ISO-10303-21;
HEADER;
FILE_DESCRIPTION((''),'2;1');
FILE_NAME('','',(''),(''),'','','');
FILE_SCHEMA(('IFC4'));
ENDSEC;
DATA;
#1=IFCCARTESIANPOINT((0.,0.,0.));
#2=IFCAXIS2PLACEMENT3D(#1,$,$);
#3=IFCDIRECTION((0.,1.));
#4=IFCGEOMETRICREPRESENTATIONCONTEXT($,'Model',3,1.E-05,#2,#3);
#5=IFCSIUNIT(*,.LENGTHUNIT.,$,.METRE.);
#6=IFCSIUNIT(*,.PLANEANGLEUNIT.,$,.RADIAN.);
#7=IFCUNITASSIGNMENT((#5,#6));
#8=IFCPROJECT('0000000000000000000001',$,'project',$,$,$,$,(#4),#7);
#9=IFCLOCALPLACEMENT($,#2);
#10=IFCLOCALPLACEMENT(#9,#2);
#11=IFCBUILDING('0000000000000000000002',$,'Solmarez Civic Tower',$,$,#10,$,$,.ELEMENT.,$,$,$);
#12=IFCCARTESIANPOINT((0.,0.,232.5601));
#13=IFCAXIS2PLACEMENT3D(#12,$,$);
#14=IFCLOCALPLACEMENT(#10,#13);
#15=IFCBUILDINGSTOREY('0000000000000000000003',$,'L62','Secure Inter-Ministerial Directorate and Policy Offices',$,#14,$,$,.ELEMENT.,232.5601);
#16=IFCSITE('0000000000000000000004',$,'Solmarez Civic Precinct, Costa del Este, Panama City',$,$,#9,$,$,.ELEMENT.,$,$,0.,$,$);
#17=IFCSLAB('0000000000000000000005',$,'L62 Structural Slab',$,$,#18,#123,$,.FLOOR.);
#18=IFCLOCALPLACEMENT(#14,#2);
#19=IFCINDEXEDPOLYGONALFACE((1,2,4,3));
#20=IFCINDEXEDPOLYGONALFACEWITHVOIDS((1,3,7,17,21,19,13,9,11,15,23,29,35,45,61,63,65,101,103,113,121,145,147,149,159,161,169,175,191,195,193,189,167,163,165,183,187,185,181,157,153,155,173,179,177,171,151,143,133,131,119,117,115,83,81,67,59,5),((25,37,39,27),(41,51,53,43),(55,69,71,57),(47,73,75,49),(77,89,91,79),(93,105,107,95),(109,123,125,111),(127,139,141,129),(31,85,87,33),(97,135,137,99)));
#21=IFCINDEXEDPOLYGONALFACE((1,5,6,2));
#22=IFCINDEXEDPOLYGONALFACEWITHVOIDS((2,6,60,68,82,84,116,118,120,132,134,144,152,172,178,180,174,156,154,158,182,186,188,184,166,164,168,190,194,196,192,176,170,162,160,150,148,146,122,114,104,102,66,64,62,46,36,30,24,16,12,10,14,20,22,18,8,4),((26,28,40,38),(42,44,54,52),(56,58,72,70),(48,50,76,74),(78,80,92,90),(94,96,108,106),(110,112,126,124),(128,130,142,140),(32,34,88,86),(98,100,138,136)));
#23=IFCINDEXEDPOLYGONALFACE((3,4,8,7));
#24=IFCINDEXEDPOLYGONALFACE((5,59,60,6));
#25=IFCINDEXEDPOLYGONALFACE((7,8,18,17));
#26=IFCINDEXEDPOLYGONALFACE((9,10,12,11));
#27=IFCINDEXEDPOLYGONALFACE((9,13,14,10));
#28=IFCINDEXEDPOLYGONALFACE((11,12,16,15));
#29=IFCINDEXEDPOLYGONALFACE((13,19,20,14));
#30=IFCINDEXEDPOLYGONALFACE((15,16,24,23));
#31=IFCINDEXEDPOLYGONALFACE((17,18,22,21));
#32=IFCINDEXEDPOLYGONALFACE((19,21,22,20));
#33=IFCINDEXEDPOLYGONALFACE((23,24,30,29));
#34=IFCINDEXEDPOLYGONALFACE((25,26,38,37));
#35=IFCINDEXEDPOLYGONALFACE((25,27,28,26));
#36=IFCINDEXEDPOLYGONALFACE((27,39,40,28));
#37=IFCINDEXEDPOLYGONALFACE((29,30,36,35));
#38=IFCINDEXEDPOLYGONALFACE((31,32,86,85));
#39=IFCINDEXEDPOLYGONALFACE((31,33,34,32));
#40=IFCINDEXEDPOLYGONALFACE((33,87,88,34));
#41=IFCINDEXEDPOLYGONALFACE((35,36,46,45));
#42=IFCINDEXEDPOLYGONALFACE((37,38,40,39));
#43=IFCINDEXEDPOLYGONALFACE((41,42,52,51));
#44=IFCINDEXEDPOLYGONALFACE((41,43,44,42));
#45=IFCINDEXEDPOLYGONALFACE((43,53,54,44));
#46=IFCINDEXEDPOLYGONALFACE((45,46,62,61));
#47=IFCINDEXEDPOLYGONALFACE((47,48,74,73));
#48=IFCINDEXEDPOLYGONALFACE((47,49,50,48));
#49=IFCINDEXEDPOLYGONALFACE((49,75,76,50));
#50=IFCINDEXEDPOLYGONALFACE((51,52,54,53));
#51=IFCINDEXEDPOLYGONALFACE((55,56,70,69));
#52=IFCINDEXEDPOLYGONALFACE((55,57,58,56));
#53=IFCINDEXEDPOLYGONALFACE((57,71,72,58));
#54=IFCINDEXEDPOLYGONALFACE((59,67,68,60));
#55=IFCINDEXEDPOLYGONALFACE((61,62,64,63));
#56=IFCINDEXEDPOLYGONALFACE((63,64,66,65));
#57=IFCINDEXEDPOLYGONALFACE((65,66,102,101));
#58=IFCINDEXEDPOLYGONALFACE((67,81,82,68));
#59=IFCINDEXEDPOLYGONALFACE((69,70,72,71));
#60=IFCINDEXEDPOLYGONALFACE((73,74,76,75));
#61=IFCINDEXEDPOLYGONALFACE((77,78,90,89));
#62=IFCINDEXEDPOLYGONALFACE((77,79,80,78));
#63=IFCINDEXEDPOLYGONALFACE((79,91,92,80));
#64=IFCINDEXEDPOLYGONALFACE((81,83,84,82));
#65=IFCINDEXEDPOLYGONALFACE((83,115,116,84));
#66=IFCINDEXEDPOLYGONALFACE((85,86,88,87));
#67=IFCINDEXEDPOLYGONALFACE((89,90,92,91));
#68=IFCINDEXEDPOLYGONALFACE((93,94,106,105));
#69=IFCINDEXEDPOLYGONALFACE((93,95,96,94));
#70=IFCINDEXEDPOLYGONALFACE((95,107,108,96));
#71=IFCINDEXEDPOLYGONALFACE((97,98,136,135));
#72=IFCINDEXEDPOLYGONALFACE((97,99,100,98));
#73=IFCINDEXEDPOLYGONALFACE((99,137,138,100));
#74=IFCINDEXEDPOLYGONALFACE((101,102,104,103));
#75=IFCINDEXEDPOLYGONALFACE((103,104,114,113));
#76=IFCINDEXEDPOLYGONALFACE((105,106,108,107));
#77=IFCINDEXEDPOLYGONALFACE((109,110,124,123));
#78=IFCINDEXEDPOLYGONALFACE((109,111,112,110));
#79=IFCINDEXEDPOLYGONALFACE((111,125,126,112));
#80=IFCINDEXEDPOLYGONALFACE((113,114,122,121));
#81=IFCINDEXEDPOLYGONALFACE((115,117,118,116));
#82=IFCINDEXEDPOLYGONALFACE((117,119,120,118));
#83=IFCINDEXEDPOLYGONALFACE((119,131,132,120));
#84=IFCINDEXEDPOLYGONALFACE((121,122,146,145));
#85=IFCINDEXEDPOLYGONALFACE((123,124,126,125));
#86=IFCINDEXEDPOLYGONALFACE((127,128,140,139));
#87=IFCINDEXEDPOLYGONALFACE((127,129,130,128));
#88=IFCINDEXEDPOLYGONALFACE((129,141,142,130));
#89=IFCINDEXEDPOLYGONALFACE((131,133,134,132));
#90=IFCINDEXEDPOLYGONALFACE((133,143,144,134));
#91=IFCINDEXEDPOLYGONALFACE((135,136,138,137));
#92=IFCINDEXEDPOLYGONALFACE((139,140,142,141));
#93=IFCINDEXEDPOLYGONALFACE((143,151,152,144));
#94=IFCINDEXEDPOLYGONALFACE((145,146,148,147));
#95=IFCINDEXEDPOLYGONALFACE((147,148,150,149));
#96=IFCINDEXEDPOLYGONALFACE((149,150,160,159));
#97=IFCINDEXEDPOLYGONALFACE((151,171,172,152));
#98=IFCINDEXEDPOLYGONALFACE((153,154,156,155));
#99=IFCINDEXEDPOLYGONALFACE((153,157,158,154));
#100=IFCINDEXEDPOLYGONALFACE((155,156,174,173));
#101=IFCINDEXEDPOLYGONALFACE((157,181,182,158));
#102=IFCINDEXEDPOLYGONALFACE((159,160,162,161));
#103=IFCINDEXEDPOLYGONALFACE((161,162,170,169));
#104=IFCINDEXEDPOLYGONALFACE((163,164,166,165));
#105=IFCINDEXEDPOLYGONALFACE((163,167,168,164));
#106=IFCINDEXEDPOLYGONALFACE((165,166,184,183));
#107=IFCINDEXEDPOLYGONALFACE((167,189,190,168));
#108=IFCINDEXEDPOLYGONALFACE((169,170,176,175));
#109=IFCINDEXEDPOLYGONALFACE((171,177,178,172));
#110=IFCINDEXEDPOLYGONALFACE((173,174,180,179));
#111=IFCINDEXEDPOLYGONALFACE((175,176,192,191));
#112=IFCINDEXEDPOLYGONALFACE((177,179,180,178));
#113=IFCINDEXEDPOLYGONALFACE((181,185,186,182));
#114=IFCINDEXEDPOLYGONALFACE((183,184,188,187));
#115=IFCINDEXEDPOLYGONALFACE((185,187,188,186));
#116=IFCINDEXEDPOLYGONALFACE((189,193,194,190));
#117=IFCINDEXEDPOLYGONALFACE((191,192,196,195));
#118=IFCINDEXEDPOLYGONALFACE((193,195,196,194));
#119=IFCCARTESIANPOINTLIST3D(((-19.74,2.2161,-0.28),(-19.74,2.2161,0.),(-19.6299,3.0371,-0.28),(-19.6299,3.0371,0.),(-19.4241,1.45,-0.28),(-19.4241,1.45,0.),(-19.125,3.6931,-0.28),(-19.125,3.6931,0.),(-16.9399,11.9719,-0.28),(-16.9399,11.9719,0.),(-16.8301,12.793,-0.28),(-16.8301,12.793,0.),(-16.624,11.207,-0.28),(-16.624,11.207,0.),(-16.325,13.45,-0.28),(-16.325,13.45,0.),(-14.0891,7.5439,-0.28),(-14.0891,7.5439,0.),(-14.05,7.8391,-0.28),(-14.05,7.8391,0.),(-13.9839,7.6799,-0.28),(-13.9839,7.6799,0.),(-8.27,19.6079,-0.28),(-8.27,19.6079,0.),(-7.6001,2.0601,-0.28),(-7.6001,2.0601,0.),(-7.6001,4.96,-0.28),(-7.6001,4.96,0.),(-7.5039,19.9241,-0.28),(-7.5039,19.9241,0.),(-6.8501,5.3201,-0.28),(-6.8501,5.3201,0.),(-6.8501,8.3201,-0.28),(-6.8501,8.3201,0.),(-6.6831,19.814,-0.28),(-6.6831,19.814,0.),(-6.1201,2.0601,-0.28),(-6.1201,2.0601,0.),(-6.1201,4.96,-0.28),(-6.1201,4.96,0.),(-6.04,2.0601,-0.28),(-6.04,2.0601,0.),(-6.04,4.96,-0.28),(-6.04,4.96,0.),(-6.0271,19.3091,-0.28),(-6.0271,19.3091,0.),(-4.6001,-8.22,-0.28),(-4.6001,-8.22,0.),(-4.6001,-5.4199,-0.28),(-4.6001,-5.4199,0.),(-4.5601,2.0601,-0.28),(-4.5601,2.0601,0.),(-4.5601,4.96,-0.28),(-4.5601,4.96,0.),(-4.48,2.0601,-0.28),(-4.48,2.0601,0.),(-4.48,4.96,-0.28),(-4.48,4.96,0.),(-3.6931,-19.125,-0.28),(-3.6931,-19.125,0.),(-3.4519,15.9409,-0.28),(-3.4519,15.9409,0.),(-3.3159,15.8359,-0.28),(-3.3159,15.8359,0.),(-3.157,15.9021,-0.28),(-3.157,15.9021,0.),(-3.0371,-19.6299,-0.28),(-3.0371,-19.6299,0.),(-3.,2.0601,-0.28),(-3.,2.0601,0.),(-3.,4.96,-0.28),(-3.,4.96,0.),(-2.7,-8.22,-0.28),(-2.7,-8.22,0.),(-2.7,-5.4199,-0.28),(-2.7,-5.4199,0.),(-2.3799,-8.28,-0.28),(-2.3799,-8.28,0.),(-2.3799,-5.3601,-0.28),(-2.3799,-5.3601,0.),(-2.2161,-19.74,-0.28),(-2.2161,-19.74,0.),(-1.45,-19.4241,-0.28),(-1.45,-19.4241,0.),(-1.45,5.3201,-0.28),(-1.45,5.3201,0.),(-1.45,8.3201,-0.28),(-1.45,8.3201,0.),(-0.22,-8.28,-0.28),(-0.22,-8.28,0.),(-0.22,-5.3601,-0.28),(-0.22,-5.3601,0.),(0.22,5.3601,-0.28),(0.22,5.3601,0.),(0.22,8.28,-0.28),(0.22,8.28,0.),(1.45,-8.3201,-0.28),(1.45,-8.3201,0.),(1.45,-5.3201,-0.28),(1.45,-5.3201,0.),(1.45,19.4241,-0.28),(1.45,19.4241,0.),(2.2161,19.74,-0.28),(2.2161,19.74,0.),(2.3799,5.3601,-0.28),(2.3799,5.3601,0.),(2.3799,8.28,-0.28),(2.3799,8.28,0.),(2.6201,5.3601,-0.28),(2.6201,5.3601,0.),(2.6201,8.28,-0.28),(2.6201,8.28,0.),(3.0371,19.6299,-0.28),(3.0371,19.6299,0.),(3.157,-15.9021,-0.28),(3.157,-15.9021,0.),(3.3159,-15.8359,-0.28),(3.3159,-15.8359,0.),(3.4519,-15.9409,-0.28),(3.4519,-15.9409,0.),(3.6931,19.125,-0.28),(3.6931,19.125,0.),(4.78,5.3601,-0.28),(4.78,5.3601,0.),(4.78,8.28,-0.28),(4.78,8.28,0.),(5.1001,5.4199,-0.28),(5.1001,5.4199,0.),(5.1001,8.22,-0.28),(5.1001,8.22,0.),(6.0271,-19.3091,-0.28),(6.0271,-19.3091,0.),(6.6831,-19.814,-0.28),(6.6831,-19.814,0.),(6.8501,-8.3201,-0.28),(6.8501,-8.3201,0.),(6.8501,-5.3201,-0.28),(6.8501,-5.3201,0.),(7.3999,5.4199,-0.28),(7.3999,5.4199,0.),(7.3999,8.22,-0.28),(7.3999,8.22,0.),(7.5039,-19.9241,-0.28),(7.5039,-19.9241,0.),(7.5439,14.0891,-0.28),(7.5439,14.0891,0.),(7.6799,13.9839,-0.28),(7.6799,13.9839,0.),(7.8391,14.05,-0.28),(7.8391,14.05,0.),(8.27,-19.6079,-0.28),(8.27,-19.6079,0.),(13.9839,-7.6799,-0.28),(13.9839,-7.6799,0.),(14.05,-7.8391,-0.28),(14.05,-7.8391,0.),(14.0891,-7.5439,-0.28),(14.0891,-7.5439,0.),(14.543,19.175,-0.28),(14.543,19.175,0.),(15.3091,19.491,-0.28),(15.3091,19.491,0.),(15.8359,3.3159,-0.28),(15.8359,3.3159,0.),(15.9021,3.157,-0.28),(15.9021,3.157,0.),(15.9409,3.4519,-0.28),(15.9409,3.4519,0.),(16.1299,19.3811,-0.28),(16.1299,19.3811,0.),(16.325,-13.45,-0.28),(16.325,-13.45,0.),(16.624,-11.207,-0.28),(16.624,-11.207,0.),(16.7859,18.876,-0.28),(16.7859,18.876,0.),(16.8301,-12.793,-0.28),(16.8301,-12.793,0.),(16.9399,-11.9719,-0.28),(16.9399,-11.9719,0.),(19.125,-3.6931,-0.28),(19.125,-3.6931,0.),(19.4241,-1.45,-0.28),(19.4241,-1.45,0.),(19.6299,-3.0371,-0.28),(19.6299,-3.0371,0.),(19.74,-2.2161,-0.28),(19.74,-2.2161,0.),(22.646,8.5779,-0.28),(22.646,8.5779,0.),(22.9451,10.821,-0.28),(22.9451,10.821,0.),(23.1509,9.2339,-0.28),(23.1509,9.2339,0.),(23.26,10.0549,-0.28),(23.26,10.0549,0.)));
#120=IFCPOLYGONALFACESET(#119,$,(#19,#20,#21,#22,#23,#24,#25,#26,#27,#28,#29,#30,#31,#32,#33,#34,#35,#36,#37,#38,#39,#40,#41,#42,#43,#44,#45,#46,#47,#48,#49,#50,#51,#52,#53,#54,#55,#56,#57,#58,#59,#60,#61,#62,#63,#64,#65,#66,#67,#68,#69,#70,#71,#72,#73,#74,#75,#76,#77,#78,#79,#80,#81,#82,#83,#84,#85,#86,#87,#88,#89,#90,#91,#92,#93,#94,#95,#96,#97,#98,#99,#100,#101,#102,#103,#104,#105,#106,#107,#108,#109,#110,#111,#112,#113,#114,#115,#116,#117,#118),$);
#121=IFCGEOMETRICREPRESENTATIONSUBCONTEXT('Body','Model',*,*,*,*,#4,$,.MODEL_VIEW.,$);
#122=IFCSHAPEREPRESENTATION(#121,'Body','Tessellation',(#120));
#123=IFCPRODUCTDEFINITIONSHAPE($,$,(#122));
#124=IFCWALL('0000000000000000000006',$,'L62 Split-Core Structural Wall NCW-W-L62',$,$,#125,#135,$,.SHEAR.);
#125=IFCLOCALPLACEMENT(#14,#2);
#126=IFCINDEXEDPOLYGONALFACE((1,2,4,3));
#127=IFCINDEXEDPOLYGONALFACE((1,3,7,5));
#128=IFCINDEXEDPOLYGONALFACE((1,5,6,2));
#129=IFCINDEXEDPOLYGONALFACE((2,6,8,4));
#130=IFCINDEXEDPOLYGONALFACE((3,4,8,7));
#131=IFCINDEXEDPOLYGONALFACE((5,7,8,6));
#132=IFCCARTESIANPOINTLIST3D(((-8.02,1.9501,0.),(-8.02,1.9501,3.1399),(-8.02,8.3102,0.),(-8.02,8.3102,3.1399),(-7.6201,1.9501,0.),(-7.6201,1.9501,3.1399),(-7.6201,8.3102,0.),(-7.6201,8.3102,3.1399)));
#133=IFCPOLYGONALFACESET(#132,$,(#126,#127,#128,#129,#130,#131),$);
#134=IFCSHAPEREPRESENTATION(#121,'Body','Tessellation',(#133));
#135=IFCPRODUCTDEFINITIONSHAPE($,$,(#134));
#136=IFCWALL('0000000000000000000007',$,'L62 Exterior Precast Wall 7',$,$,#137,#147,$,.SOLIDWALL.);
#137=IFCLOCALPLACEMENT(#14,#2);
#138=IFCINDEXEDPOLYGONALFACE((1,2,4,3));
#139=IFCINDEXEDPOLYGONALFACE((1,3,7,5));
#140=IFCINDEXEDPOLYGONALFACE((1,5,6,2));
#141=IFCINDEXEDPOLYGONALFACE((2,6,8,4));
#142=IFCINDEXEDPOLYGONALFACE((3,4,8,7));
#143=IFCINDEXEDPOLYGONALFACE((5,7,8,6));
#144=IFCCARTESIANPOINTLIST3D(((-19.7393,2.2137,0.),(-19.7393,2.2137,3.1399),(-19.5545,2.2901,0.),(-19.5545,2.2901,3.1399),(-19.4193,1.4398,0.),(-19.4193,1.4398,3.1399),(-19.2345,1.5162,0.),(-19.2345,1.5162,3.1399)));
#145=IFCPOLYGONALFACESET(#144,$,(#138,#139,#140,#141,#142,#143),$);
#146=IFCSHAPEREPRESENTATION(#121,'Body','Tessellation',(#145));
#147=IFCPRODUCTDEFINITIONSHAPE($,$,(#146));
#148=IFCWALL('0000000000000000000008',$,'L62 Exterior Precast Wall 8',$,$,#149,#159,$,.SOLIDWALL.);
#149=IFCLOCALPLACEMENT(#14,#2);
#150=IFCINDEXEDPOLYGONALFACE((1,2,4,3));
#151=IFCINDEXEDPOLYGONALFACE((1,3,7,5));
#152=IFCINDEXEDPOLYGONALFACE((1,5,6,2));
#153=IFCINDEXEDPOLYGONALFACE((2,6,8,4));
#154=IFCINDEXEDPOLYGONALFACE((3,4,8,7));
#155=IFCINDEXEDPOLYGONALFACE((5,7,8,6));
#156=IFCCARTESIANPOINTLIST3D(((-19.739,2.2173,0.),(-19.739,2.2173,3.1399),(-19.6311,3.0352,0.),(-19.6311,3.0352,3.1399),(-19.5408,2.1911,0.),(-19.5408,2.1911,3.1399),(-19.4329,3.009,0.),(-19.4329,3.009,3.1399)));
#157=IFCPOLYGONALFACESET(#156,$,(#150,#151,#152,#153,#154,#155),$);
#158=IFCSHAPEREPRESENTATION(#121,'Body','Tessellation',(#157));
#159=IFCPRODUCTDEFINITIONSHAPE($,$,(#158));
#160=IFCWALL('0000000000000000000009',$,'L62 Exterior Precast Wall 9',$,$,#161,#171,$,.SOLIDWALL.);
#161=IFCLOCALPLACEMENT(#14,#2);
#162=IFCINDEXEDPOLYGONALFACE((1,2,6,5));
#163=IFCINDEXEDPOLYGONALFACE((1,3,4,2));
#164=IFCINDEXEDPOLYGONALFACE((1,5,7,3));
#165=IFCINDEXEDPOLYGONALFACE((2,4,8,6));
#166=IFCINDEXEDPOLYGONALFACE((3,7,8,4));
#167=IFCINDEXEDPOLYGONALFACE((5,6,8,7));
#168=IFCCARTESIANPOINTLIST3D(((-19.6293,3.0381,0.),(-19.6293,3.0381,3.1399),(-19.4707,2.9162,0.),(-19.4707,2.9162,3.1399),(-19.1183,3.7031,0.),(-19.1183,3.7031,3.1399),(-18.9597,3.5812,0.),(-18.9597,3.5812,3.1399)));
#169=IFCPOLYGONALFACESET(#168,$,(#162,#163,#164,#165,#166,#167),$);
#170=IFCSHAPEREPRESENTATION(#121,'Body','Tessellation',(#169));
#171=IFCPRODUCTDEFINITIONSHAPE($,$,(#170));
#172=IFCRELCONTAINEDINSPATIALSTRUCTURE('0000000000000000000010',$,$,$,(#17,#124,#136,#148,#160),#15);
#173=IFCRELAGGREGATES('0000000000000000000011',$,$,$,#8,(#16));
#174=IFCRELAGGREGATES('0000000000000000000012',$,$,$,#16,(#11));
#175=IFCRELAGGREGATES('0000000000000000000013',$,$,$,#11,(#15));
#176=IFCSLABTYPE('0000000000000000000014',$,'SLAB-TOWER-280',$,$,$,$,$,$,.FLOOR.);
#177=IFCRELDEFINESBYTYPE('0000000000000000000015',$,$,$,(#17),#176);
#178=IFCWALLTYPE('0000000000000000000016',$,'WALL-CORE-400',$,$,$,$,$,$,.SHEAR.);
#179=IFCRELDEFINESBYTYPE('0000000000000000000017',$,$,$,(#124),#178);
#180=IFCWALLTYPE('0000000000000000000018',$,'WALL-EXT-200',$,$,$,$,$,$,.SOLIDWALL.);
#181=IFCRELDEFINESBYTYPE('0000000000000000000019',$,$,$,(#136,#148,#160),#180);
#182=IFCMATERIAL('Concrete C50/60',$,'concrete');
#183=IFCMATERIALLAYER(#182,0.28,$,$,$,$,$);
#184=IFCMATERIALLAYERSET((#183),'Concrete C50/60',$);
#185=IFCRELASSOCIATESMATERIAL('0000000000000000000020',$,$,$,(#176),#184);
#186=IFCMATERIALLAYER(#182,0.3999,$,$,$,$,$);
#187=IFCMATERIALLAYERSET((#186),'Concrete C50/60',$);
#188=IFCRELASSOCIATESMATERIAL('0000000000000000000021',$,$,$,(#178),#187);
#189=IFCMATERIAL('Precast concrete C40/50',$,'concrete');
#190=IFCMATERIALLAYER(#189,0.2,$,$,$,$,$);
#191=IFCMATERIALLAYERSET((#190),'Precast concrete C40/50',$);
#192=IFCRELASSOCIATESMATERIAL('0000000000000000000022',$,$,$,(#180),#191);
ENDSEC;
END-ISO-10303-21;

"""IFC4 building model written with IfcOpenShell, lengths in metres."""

from ifc_helpers import new_model, si_unit, direction, frame, frame_2d, origin, place, context, subcontext, project, spatial, polyline, rectangle, outline, extrude, material, layer, layer_set, type_object, element, save


model = new_model("IFC4")

# Units and contexts
model_context = context("Model", 3, precision=1e-05, world=origin(), true_north=direction((0.0, 1.0)))
body_context = subcontext(model_context, "Body", "Model", "MODEL_VIEW")
ifc_project = project(units=[si_unit("LENGTHUNIT", "METRE"), si_unit("PLANEANGLEUNIT", "RADIAN")], contexts=[model_context])

# Site, building, storey
site_placement = place(None, origin())
site = spatial("IfcSite", under=ifc_project, at=site_placement, Name="Solmarez Civic Precinct, Costa del Este, Panama City", CompositionType="ELEMENT", RefElevation=0.0)
building_placement = place(site_placement, origin())
building = spatial("IfcBuilding", under=site, at=building_placement, Name="Solmarez Civic Tower", CompositionType="ELEMENT")
storey_placement = place(building_placement, frame((0.0, 0.0, 232.5601)))
storey = spatial("IfcBuildingStorey", under=building, at=storey_placement, Name="L62", Description="Secure Inter-Ministerial Directorate and Policy Offices", CompositionType="ELEMENT", Elevation=232.5601)

# Shared definitions
ifc_material_1 = material(Name="Concrete C50/60", Category="concrete")

# Slab
ifc_layer_1 = layer(ifc_material_1, 0.28)
ifc_layer_set_1 = layer_set([ifc_layer_1], Name="Concrete C50/60")
slab_type_1 = type_object("IfcSlabType", Name="SLAB-TOWER-280", PredefinedType="FLOOR", material=ifc_layer_set_1)
slab_1_placement = place(storey_placement, frame((0.0, 0.0, -0.28)))
element("IfcSlab", 1, at=slab_1_placement, inside=storey, type_object=slab_type_1, Name="L62 Structural Slab", PredefinedType="FLOOR", context=body_context, shape_type="SweptSolid", body=[
    extrude(outline(polyline([(3.4519, -15.9409), (6.0271, -19.3091), (6.6831, -19.814), (7.5039, -19.9241), (8.27, -19.6079), (16.325, -13.45), (16.8301, -12.793), (16.9399, -11.9719), (16.624, -11.207), (14.05, -7.8391), (13.9839, -7.6799), (14.0891, -7.5439), (19.125, -3.6931), (19.6299, -3.0371), (19.74, -2.2161), (19.4241, -1.45), (15.9021, 3.157), (15.8359, 3.3159), (15.9409, 3.4519), (22.646, 8.5779), (23.1509, 9.2339), (23.26, 10.0549), (22.9451, 10.821), (16.7859, 18.876), (16.1299, 19.3811), (15.3091, 19.491), (14.543, 19.175), (7.8391, 14.05), (7.6799, 13.9839), (7.5439, 14.0891), (3.6931, 19.125), (3.0371, 19.6299), (2.2161, 19.74), (1.45, 19.4241), (-3.157, 15.9021), (-3.3159, 15.8359), (-3.4519, 15.9409), (-6.0271, 19.3091), (-6.6831, 19.814), (-7.5039, 19.9241), (-8.27, 19.6079), (-16.325, 13.45), (-16.8301, 12.793), (-16.9399, 11.9719), (-16.624, 11.207), (-14.05, 7.8391), (-13.9839, 7.6799), (-14.0891, 7.5439), (-19.125, 3.6931), (-19.6299, 3.0371), (-19.74, 2.2161), (-19.4241, 1.45), (-3.6931, -19.125), (-3.0371, -19.6299), (-2.2161, -19.74), (-1.45, -19.4241), (3.157, -15.9021), (3.3159, -15.8359), (3.4519, -15.9409)]), holes=[polyline([(-1.45, 8.3201), (-6.8501, 8.3201), (-6.8501, 5.3201), (-1.45, 5.3201), (-1.45, 8.3201)]), polyline([(1.45, -8.3201), (6.8501, -8.3201), (6.8501, -5.3201), (1.45, -5.3201), (1.45, -8.3201)]), polyline([(0.22, 5.3601), (2.3799, 5.3601), (2.3799, 8.28), (0.22, 8.28), (0.22, 5.3601)]), polyline([(2.6201, 5.3601), (4.78, 5.3601), (4.78, 8.28), (2.6201, 8.28), (2.6201, 5.3601)]), polyline([(-2.3799, -8.28), (-0.22, -8.28), (-0.22, -5.3601), (-2.3799, -5.3601), (-2.3799, -8.28)]), polyline([(-7.6001, 2.0601), (-6.1201, 2.0601), (-6.1201, 4.96), (-7.6001, 4.96), (-7.6001, 2.0601)]), polyline([(-6.04, 2.0601), (-4.5601, 2.0601), (-4.5601, 4.96), (-6.04, 4.96), (-6.04, 2.0601)]), polyline([(-4.48, 2.0601), (-3.0, 2.0601), (-3.0, 4.96), (-4.48, 4.96), (-4.48, 2.0601)]), polyline([(5.1001, 5.4199), (7.3999, 5.4199), (7.3999, 8.22), (5.1001, 8.22), (5.1001, 5.4199)]), polyline([(-4.6001, -8.22), (-2.7, -8.22), (-2.7, -5.4199), (-4.6001, -5.4199), (-4.6001, -8.22)])]), origin(), (0.0, 0.0, 1.0), 0.28),
])

# Walls
ifc_layer_2 = layer(ifc_material_1, 0.3999)
ifc_layer_set_2 = layer_set([ifc_layer_2], Name="Concrete C50/60")
wall_type_1 = type_object("IfcWallType", Name="WALL-CORE-400", PredefinedType="SHEAR", material=ifc_layer_set_2)
wall_1_placement = place(storey_placement, frame((-7.8201, 1.95, 0.0), z_axis=(0.0, 0.0, 1.0), x_axis=(0.0, 1.0, 0.0)))
element("IfcWall", 2, at=wall_1_placement, inside=storey, type_object=wall_type_1, Name="L62 Split-Core Structural Wall NCW-W-L62", PredefinedType="SHEAR", context=body_context, shape_type="SweptSolid", body=[
    extrude(rectangle(XDim=6.3601, YDim=0.3999, at=frame_2d((3.1802, 0.0))), origin(), (0.0, 0.0, 1.0), 3.1399),
])
ifc_material_2 = material(Name="Precast concrete C40/50", Category="concrete")
ifc_layer_3 = layer(ifc_material_2, 0.2)
ifc_layer_set_3 = layer_set([ifc_layer_3], Name="Precast concrete C40/50")
wall_type_2 = type_object("IfcWallType", Name="WALL-EXT-200", PredefinedType="SOLIDWALL", material=ifc_layer_set_3)
wall_2_placement = place(storey_placement, frame((-19.3269, 1.478, 0.0), z_axis=(0.0, 0.0, 1.0), x_axis=(-0.382172, 0.924091, 0.0)))
element("IfcWall", 3, at=wall_2_placement, inside=storey, type_object=wall_type_2, Name="L62 Exterior Precast Wall 7", PredefinedType="SOLIDWALL", context=body_context, shape_type="SweptSolid", body=[
    extrude(rectangle(XDim=0.8374, YDim=0.2, at=frame_2d((0.4187, 0.0))), origin(), (0.0, 0.0, 1.0), 3.1399),
])
wall_3_placement = place(storey_placement, frame((-19.6399, 2.2041, 0.0), z_axis=(0.0, 0.0, 1.0), x_axis=(0.130807, 0.991408, 0.0)))
element("IfcWall", 4, at=wall_3_placement, inside=storey, type_object=wall_type_2, Name="L62 Exterior Precast Wall 8", PredefinedType="SOLIDWALL", context=body_context, shape_type="SweptSolid", body=[
    extrude(rectangle(XDim=0.825, YDim=0.2, at=frame_2d((0.4126, 0.0))), origin(), (0.0, 0.0, 1.0), 3.1399),
])
wall_4_placement = place(storey_placement, frame((-19.55, 2.9771, 0.0), z_axis=(0.0, 0.0, 1.0), x_axis=(0.609275, 0.792959, 0.0)))
element("IfcWall", 5, at=wall_4_placement, inside=storey, type_object=wall_type_2, Name="L62 Exterior Precast Wall 9", PredefinedType="SOLIDWALL", context=body_context, shape_type="SweptSolid", body=[
    extrude(rectangle(XDim=0.8386, YDim=0.2, at=frame_2d((0.4194, 0.0))), origin(), (0.0, 0.0, 1.0), 3.1399),
])

save(model, "model.ifc")
